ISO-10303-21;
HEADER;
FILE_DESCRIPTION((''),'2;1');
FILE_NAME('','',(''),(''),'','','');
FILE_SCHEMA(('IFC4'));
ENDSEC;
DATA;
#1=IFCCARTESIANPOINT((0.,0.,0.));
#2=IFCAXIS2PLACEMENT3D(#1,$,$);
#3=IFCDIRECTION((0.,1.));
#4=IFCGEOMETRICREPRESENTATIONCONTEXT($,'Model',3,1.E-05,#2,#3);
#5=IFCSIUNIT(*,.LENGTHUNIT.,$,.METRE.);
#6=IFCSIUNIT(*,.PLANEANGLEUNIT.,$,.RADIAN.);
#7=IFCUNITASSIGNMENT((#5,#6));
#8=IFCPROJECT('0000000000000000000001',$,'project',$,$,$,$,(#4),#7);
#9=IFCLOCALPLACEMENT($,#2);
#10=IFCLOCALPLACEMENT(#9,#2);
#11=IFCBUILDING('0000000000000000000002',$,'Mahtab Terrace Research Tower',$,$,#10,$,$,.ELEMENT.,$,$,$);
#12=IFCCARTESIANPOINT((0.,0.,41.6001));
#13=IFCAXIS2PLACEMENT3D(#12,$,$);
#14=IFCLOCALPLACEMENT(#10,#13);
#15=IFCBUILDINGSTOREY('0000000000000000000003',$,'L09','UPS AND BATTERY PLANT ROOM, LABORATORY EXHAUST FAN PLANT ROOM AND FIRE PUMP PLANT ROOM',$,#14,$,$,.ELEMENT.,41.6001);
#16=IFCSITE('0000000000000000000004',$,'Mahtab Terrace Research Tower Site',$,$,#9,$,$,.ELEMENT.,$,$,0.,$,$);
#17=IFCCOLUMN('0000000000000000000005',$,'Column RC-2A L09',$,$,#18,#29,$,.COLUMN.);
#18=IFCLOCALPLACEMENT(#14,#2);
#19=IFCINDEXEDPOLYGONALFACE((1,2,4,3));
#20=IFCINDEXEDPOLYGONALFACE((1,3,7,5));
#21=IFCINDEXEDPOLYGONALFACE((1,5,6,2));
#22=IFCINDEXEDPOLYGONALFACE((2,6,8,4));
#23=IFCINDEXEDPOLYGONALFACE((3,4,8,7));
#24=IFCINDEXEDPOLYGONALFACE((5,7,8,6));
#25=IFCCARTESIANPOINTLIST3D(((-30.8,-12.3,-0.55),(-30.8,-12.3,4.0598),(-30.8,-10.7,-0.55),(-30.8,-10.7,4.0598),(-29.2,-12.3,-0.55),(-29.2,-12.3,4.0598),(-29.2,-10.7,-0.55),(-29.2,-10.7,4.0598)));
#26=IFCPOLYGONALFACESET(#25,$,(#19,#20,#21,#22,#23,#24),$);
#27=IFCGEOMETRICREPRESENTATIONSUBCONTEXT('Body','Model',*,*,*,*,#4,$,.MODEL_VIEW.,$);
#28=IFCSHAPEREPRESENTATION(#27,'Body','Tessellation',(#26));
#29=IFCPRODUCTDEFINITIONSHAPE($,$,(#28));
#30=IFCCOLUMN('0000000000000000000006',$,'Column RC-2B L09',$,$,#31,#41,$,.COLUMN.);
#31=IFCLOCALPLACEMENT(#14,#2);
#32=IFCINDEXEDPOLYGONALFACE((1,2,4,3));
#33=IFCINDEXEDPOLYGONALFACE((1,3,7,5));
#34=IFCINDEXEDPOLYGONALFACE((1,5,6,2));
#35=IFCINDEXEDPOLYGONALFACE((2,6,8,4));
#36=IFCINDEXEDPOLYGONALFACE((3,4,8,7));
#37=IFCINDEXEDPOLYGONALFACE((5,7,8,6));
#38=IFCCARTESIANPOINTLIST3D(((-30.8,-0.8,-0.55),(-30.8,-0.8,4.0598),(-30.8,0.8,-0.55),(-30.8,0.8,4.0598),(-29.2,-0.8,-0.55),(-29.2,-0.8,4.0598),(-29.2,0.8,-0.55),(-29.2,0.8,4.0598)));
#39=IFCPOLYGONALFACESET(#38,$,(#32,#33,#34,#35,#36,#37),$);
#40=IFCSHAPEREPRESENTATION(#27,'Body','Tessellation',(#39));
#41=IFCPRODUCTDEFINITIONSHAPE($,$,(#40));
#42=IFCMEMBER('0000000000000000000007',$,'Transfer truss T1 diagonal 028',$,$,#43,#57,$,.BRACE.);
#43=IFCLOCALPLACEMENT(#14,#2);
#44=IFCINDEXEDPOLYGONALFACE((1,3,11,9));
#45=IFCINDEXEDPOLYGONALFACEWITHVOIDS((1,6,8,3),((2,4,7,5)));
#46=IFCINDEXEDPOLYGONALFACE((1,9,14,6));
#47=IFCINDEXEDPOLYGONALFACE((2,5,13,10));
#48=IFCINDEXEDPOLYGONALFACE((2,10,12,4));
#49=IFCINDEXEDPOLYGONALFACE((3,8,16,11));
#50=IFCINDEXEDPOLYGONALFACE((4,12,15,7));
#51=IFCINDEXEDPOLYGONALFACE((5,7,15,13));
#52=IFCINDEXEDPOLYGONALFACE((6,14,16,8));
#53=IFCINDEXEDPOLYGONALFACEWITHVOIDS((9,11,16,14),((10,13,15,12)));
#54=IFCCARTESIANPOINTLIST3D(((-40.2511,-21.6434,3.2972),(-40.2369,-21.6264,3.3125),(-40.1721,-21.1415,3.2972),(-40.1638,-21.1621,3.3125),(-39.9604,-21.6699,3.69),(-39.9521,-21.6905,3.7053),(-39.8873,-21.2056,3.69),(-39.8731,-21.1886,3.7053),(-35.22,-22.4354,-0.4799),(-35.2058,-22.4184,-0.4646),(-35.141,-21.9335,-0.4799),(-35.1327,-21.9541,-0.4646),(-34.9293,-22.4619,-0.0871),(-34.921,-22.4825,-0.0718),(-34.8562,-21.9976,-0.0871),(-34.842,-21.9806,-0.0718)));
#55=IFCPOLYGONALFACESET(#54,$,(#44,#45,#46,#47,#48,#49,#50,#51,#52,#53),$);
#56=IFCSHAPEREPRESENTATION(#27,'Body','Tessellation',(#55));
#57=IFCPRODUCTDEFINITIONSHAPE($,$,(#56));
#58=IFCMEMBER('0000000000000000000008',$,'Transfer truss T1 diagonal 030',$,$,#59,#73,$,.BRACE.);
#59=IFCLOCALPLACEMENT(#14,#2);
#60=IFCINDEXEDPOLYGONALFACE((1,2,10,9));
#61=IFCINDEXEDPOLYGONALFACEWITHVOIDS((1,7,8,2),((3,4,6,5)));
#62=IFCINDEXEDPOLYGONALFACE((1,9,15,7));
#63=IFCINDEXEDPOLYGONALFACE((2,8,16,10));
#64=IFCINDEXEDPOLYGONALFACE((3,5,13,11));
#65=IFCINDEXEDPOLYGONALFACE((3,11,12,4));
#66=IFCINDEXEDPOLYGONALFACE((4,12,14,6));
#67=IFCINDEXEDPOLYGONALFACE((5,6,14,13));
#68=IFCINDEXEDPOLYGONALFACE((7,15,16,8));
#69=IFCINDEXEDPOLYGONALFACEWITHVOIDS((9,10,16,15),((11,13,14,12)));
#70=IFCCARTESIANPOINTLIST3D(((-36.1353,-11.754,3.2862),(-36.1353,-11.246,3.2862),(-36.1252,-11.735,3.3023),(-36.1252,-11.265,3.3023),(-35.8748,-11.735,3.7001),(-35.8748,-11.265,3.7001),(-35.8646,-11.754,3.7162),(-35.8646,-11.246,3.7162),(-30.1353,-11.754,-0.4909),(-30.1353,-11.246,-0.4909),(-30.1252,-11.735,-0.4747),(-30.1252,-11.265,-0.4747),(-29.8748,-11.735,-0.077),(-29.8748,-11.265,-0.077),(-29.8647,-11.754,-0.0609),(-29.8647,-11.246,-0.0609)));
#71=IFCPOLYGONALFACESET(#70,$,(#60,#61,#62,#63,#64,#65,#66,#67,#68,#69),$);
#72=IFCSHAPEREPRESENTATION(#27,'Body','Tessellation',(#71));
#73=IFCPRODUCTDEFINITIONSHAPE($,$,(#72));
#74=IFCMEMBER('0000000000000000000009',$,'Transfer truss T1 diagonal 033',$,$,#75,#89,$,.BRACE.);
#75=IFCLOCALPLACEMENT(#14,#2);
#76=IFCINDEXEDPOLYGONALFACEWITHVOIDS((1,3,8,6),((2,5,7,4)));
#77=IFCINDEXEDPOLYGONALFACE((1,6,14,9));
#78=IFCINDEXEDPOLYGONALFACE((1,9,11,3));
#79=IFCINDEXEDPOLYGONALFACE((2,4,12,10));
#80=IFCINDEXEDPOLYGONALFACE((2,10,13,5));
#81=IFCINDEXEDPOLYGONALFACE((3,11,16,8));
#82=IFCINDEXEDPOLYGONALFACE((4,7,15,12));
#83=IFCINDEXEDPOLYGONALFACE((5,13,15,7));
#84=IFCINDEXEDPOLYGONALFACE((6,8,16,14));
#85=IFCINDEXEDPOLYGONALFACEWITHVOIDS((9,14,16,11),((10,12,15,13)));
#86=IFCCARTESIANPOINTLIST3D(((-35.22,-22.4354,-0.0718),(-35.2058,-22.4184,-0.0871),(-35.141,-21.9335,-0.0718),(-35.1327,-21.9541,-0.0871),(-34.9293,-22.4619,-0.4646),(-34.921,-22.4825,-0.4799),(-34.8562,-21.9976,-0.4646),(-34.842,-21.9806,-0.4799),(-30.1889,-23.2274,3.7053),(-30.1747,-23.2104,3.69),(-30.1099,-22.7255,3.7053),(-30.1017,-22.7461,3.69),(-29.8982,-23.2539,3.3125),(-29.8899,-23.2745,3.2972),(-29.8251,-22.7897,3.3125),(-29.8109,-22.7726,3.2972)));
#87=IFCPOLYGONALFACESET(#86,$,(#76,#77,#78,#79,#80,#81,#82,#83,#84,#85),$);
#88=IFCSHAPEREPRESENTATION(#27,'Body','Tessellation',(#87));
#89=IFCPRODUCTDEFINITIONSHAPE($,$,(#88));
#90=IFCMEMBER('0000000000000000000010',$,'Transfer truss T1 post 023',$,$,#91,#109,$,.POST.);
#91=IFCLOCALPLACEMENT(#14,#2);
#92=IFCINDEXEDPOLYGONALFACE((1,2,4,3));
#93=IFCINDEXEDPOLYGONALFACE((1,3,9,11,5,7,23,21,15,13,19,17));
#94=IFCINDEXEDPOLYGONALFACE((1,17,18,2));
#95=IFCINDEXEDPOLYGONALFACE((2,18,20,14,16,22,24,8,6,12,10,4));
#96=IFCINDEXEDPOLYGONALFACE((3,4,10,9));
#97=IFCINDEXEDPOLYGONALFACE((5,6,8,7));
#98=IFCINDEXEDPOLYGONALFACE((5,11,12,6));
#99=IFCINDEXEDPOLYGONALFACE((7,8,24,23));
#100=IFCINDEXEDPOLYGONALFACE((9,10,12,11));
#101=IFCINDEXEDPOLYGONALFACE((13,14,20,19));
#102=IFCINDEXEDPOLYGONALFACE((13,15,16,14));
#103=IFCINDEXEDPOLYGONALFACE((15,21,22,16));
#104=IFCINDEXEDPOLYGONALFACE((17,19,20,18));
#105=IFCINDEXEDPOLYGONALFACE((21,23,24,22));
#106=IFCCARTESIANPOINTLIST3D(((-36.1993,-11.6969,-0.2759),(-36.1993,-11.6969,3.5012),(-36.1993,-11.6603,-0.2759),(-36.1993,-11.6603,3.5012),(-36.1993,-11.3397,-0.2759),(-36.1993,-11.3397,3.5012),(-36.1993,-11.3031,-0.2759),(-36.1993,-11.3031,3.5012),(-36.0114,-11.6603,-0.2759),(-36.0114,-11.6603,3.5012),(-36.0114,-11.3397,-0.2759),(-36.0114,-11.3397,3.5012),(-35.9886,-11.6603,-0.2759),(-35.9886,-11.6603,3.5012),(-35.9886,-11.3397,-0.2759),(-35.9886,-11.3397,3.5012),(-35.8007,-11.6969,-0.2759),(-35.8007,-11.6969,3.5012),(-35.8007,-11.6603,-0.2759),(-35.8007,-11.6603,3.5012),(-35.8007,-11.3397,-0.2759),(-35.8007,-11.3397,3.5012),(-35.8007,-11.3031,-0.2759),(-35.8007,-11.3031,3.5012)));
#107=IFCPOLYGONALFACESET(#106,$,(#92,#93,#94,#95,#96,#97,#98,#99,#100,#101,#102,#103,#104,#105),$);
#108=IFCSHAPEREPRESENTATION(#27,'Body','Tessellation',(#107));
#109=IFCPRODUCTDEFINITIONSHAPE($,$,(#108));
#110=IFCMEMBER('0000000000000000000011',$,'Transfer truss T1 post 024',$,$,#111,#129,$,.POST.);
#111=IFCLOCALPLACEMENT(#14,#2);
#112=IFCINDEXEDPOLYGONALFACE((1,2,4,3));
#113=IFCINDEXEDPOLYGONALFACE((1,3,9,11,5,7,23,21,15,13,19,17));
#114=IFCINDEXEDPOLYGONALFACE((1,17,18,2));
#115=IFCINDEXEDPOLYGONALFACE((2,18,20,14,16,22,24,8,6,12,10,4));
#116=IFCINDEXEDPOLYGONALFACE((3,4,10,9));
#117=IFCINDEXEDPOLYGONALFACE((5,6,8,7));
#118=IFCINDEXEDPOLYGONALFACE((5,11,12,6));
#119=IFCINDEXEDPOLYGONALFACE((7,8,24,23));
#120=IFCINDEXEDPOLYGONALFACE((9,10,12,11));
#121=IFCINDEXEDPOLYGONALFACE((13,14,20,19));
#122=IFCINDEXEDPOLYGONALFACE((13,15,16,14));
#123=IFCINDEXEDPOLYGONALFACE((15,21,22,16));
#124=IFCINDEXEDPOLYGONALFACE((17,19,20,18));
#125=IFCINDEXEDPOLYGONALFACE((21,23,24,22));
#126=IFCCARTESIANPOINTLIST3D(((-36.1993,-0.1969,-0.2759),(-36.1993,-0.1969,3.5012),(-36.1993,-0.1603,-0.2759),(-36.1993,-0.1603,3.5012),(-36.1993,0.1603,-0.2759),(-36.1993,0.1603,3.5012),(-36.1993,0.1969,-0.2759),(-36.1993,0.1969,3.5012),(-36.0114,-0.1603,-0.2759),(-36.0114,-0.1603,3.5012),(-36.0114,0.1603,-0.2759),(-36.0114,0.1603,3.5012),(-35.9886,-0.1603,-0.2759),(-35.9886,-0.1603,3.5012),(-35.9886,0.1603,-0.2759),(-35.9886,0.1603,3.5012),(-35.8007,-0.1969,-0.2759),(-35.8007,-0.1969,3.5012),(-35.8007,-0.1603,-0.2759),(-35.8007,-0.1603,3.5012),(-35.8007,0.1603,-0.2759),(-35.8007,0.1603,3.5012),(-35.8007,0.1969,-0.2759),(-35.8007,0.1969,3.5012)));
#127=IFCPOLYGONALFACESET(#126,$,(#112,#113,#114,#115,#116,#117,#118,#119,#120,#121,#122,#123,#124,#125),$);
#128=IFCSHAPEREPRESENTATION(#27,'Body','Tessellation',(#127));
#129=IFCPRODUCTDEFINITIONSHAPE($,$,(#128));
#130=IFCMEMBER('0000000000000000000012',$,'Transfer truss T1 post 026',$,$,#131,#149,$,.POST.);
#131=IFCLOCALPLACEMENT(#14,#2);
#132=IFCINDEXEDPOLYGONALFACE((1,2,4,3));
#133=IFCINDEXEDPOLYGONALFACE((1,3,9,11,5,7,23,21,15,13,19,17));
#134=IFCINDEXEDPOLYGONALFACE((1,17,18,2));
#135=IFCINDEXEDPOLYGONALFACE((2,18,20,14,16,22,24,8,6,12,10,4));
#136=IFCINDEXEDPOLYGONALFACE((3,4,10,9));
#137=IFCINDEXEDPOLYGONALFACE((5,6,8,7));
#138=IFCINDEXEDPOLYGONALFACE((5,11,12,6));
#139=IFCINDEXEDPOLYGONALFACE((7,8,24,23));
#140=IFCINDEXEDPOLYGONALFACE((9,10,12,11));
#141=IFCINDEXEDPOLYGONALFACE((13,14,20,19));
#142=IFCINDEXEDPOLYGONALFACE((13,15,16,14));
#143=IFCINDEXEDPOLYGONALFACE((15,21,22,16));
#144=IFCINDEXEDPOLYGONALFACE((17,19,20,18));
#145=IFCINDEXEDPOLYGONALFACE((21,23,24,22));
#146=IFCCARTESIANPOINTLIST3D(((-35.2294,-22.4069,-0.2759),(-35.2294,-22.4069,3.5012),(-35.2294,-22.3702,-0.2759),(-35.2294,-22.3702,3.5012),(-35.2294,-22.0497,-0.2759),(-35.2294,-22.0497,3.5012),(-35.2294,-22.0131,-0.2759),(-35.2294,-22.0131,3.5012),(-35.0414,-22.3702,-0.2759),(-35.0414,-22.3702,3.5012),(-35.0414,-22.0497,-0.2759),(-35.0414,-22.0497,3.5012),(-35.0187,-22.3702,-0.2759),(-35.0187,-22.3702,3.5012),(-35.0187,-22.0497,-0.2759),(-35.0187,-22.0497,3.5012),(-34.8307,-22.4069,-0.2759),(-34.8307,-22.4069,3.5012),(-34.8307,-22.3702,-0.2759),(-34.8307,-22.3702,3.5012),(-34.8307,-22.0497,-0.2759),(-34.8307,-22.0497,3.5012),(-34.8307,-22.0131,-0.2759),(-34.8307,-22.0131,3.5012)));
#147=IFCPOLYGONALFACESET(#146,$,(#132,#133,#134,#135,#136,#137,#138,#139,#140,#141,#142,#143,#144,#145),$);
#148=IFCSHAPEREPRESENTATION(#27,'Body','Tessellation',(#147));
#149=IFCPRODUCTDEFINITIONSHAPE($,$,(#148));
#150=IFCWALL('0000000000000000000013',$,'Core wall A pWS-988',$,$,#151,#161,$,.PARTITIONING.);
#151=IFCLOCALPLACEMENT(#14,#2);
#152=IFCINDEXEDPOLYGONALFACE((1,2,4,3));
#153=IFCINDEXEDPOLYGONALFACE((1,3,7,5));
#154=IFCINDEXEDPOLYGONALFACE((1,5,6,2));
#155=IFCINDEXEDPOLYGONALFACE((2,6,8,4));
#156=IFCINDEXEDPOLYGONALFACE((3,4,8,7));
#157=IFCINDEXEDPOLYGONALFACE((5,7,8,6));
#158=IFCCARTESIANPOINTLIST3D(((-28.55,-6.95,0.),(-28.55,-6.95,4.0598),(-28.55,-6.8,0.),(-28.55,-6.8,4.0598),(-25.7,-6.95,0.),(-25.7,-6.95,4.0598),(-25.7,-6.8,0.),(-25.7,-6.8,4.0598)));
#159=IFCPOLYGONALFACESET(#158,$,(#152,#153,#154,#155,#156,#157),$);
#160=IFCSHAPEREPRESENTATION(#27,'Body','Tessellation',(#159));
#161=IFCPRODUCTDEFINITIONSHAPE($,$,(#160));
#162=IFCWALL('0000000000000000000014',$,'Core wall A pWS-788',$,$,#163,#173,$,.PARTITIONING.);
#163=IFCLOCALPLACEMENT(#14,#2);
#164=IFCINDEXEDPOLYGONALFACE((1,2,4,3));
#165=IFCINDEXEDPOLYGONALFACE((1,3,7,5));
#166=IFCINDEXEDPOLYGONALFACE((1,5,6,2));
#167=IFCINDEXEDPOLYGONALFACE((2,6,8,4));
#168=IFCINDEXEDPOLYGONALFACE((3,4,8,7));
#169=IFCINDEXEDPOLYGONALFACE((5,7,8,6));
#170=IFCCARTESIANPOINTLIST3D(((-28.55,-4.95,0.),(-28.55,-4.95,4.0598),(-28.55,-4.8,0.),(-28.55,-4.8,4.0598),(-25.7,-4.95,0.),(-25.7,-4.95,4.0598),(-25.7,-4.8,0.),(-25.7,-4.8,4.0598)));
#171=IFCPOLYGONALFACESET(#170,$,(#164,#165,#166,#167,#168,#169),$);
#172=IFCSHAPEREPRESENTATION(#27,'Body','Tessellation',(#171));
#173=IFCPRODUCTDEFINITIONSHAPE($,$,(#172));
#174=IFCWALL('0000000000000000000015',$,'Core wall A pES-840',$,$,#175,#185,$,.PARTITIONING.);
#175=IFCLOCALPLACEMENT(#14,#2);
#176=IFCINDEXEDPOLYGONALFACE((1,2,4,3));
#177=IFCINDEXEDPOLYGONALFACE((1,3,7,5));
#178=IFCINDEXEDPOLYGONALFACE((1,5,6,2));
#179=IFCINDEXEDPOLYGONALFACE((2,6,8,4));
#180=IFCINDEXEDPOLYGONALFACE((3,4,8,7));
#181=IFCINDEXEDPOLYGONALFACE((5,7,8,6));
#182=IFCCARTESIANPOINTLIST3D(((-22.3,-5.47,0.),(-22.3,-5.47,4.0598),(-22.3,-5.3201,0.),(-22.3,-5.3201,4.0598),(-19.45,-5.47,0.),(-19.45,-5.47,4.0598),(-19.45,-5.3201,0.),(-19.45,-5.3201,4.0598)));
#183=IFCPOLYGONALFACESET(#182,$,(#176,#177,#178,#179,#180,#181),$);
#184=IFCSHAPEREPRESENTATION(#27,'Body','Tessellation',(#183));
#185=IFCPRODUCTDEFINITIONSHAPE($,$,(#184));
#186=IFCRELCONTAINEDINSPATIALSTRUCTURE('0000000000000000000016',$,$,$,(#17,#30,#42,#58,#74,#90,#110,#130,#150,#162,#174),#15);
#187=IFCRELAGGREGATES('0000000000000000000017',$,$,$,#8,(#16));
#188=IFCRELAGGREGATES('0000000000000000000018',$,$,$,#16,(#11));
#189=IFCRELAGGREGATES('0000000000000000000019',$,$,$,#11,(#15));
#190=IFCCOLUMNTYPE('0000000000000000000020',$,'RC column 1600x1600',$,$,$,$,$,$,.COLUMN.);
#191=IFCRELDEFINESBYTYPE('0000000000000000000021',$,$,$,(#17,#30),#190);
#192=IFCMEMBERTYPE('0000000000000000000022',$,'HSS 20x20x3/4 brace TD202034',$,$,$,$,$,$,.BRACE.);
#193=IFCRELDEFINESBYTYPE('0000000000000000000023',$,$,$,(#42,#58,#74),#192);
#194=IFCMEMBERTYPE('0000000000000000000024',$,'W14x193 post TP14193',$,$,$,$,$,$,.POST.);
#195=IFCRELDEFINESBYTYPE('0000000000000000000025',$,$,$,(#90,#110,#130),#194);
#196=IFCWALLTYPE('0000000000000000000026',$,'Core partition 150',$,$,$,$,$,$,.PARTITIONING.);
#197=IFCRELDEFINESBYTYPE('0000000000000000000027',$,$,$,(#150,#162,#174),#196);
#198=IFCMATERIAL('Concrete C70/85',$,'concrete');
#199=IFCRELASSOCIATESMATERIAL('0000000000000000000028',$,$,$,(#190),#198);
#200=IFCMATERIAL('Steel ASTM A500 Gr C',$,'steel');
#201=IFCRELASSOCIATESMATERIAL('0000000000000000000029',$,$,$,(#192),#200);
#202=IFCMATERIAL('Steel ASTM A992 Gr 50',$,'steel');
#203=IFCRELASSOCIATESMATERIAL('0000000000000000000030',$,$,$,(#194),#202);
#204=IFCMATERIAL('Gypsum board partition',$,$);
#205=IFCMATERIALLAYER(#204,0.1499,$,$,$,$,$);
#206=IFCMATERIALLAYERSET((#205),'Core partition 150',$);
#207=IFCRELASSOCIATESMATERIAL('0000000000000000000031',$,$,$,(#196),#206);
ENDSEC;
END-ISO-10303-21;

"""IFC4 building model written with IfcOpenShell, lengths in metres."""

from ifc_helpers import new_model, si_unit, direction, frame, frame_2d, origin, origin_2d, place, context, subcontext, project, spatial, rectangle, hollow_rectangle, i_section, extrude, material, layer, layer_set, material_profile, profile_set, type_object, element, save


model = new_model("IFC4")

# Units and contexts
model_context = context("Model", 3, precision=1e-05, world=origin(), true_north=direction((0.0, 1.0)))
body_context = subcontext(model_context, "Body", "Model", "MODEL_VIEW")
ifc_project = project(units=[si_unit("LENGTHUNIT", "METRE"), si_unit("PLANEANGLEUNIT", "RADIAN")], contexts=[model_context])

# Site, building, storey
site_placement = place(None, origin())
site = spatial("IfcSite", under=ifc_project, at=site_placement, Name="Mahtab Terrace Research Tower Site", CompositionType="ELEMENT", RefElevation=0.0)
building_placement = place(site_placement, origin())
building = spatial("IfcBuilding", under=site, at=building_placement, Name="Mahtab Terrace Research Tower", CompositionType="ELEMENT")
storey_placement = place(building_placement, frame((0.0, 0.0, 41.6001)))
storey = spatial("IfcBuildingStorey", under=building, at=storey_placement, Name="L09", Description="UPS AND BATTERY PLANT ROOM, LABORATORY EXHAUST FAN PLANT ROOM AND FIRE PUMP PLANT ROOM", CompositionType="ELEMENT", Elevation=41.6001)

# Columns
ifc_material_1 = material(Name="Concrete C70/85", Category="concrete")
ifc_material_profile_1 = material_profile(ifc_material_1, rectangle(XDim=1.6001, YDim=1.6001, at=origin_2d()), Name="RC column 1600x1600")
ifc_profile_set_1 = profile_set([ifc_material_profile_1], Name="Concrete C70/85")
column_type = type_object("IfcColumnType", Name="RC column 1600x1600", PredefinedType="COLUMN", material=ifc_profile_set_1)
for number, where, z_axis, x_axis, name in (
    (1, (-30.0, -11.5, -0.55), (0.0, 0.0, 1.0), (1.0, 0.0, 0.0), "Column RC-2A L09"),
    (2, (-30.0, 0.0, -0.55), (0.0, 0.0, 1.0), (1.0, 0.0, 0.0), "Column RC-2B L09"),
):
    element("IfcColumn", number, at=place(storey_placement, frame(where, z_axis=z_axis, x_axis=x_axis)), inside=storey, type_object=column_type, Name=name, PredefinedType="COLUMN", context=body_context, shape_type="SweptSolid", body=[
        extrude(rectangle(XDim=1.6001, YDim=1.6001, at=origin_2d()), origin(), (0.0, 0.0, 1.0), 4.6099),
    ])

# Members
ifc_material_2 = material(Name="Steel ASTM A500 Gr C", Category="steel")
ifc_material_profile_2 = material_profile(ifc_material_2, hollow_rectangle(XDim=0.5081, YDim=0.5081, WallThickness=0.019, at=origin_2d()), Name="HSS20X20X3/4")
ifc_profile_set_2 = profile_set([ifc_material_profile_2], Name="Steel ASTM A500 Gr C")
member_type_1 = type_object("IfcMemberType", Name="HSS 20x20x3/4 brace TD202034", PredefinedType="BRACE", material=ifc_profile_set_2)
member_1_placement = place(storey_placement, frame((-35.031, -22.208, -0.2759), z_axis=(-0.793444, 0.124906, 0.595689), x_axis=(-0.155507, -0.987835, 0.0)))
element("IfcMember", 3, at=member_1_placement, inside=storey, type_object=member_type_1, Name="Transfer truss T1 diagonal 028", PredefinedType="BRACE", context=body_context, shape_type="SweptSolid", body=[
    extrude(hollow_rectangle(XDim=0.5081, YDim=0.5081, WallThickness=0.019, at=origin_2d()), origin(), (0.0, 0.0, 1.0), 6.3408),
])
member_2_placement = place(storey_placement, frame((-30.0, -11.5, -0.2759), z_axis=(-0.846276, 0.0, 0.532745), x_axis=(0.0, -1.0, 0.0)))
element("IfcMember", 4, at=member_2_placement, inside=storey, type_object=member_type_1, Name="Transfer truss T1 diagonal 030", PredefinedType="BRACE", context=body_context, shape_type="SweptSolid", body=[
    extrude(hollow_rectangle(XDim=0.5081, YDim=0.5081, WallThickness=0.019, at=origin_2d()), origin(), (0.0, 0.0, 1.0), 7.0898),
])
member_3_placement = place(storey_placement, frame((-35.031, -22.208, -0.2759), z_axis=(0.793444, -0.124906, 0.595689), x_axis=(0.155507, 0.987835, 0.0)))
element("IfcMember", 5, at=member_3_placement, inside=storey, type_object=member_type_1, Name="Transfer truss T1 diagonal 033", PredefinedType="BRACE", context=body_context, shape_type="SweptSolid", body=[
    extrude(hollow_rectangle(XDim=0.5081, YDim=0.5081, WallThickness=0.019, at=origin_2d()), origin(), (0.0, 0.0, 1.0), 6.3408),
])
ifc_material_3 = material(Name="Steel ASTM A992 Gr 50", Category="steel")
ifc_material_profile_3 = material_profile(ifc_material_3, i_section(OverallWidth=0.3987, OverallDepth=0.3938, WebThickness=0.0227, FlangeThickness=0.0366, at=origin_2d()), Name="W14X193")
ifc_profile_set_3 = profile_set([ifc_material_profile_3], Name="Steel ASTM A992 Gr 50")
member_type_2 = type_object("IfcMemberType", Name="W14x193 post TP14193", PredefinedType="POST", material=ifc_profile_set_3)
for number, where, z_axis, x_axis, name in (
    (6, (-36.0, -11.5, -0.2759), (0.0, 0.0, 1.0), (1.0, 0.0, 0.0), "Transfer truss T1 post 023"),
    (7, (-36.0, 0.0, -0.2759), (0.0, 0.0, 1.0), (1.0, 0.0, 0.0), "Transfer truss T1 post 024"),
    (8, (-35.03, -22.21, -0.2759), (0.0, 0.0, 1.0), (1.0, 0.0, 0.0), "Transfer truss T1 post 026"),
):
    element("IfcMember", number, at=place(storey_placement, frame(where, z_axis=z_axis, x_axis=x_axis)), inside=storey, type_object=member_type_2, Name=name, PredefinedType="POST", context=body_context, shape_type="SweptSolid", body=[
        extrude(i_section(OverallWidth=0.3987, OverallDepth=0.3938, WebThickness=0.0227, FlangeThickness=0.0366, at=origin_2d()), origin(), (0.0, 0.0, 1.0), 3.7771),
    ])

# Walls
ifc_material_4 = material(Name="Gypsum board partition")
ifc_layer_1 = layer(ifc_material_4, 0.1499)
ifc_layer_set_1 = layer_set([ifc_layer_1], Name="Core partition 150")
wall_type_1 = type_object("IfcWallType", Name="Core partition 150", PredefinedType="PARTITIONING", material=ifc_layer_set_1)
for number, where, z_axis, x_axis, name in (
    (9, (-28.55, -6.875, 0.0), (0.0, 0.0, 1.0), (1.0, 0.0, 0.0), "Core wall A pWS-988"),
    (10, (-28.55, -4.875, 0.0), (0.0, 0.0, 1.0), (1.0, 0.0, 0.0), "Core wall A pWS-788"),
    (11, (-22.3, -5.395, 0.0), (0.0, 0.0, 1.0), (1.0, 0.0, 0.0), "Core wall A pES-840"),
):
    element("IfcWall", number, at=place(storey_placement, frame(where, z_axis=z_axis, x_axis=x_axis)), inside=storey, type_object=wall_type_1, Name=name, PredefinedType="PARTITIONING", context=body_context, shape_type="SweptSolid", body=[
        extrude(rectangle(XDim=2.8501, YDim=0.1499, at=frame_2d((1.425, 0.0))), origin(), (0.0, 0.0, 1.0), 4.0598),
    ])

save(model, "model.ifc")
